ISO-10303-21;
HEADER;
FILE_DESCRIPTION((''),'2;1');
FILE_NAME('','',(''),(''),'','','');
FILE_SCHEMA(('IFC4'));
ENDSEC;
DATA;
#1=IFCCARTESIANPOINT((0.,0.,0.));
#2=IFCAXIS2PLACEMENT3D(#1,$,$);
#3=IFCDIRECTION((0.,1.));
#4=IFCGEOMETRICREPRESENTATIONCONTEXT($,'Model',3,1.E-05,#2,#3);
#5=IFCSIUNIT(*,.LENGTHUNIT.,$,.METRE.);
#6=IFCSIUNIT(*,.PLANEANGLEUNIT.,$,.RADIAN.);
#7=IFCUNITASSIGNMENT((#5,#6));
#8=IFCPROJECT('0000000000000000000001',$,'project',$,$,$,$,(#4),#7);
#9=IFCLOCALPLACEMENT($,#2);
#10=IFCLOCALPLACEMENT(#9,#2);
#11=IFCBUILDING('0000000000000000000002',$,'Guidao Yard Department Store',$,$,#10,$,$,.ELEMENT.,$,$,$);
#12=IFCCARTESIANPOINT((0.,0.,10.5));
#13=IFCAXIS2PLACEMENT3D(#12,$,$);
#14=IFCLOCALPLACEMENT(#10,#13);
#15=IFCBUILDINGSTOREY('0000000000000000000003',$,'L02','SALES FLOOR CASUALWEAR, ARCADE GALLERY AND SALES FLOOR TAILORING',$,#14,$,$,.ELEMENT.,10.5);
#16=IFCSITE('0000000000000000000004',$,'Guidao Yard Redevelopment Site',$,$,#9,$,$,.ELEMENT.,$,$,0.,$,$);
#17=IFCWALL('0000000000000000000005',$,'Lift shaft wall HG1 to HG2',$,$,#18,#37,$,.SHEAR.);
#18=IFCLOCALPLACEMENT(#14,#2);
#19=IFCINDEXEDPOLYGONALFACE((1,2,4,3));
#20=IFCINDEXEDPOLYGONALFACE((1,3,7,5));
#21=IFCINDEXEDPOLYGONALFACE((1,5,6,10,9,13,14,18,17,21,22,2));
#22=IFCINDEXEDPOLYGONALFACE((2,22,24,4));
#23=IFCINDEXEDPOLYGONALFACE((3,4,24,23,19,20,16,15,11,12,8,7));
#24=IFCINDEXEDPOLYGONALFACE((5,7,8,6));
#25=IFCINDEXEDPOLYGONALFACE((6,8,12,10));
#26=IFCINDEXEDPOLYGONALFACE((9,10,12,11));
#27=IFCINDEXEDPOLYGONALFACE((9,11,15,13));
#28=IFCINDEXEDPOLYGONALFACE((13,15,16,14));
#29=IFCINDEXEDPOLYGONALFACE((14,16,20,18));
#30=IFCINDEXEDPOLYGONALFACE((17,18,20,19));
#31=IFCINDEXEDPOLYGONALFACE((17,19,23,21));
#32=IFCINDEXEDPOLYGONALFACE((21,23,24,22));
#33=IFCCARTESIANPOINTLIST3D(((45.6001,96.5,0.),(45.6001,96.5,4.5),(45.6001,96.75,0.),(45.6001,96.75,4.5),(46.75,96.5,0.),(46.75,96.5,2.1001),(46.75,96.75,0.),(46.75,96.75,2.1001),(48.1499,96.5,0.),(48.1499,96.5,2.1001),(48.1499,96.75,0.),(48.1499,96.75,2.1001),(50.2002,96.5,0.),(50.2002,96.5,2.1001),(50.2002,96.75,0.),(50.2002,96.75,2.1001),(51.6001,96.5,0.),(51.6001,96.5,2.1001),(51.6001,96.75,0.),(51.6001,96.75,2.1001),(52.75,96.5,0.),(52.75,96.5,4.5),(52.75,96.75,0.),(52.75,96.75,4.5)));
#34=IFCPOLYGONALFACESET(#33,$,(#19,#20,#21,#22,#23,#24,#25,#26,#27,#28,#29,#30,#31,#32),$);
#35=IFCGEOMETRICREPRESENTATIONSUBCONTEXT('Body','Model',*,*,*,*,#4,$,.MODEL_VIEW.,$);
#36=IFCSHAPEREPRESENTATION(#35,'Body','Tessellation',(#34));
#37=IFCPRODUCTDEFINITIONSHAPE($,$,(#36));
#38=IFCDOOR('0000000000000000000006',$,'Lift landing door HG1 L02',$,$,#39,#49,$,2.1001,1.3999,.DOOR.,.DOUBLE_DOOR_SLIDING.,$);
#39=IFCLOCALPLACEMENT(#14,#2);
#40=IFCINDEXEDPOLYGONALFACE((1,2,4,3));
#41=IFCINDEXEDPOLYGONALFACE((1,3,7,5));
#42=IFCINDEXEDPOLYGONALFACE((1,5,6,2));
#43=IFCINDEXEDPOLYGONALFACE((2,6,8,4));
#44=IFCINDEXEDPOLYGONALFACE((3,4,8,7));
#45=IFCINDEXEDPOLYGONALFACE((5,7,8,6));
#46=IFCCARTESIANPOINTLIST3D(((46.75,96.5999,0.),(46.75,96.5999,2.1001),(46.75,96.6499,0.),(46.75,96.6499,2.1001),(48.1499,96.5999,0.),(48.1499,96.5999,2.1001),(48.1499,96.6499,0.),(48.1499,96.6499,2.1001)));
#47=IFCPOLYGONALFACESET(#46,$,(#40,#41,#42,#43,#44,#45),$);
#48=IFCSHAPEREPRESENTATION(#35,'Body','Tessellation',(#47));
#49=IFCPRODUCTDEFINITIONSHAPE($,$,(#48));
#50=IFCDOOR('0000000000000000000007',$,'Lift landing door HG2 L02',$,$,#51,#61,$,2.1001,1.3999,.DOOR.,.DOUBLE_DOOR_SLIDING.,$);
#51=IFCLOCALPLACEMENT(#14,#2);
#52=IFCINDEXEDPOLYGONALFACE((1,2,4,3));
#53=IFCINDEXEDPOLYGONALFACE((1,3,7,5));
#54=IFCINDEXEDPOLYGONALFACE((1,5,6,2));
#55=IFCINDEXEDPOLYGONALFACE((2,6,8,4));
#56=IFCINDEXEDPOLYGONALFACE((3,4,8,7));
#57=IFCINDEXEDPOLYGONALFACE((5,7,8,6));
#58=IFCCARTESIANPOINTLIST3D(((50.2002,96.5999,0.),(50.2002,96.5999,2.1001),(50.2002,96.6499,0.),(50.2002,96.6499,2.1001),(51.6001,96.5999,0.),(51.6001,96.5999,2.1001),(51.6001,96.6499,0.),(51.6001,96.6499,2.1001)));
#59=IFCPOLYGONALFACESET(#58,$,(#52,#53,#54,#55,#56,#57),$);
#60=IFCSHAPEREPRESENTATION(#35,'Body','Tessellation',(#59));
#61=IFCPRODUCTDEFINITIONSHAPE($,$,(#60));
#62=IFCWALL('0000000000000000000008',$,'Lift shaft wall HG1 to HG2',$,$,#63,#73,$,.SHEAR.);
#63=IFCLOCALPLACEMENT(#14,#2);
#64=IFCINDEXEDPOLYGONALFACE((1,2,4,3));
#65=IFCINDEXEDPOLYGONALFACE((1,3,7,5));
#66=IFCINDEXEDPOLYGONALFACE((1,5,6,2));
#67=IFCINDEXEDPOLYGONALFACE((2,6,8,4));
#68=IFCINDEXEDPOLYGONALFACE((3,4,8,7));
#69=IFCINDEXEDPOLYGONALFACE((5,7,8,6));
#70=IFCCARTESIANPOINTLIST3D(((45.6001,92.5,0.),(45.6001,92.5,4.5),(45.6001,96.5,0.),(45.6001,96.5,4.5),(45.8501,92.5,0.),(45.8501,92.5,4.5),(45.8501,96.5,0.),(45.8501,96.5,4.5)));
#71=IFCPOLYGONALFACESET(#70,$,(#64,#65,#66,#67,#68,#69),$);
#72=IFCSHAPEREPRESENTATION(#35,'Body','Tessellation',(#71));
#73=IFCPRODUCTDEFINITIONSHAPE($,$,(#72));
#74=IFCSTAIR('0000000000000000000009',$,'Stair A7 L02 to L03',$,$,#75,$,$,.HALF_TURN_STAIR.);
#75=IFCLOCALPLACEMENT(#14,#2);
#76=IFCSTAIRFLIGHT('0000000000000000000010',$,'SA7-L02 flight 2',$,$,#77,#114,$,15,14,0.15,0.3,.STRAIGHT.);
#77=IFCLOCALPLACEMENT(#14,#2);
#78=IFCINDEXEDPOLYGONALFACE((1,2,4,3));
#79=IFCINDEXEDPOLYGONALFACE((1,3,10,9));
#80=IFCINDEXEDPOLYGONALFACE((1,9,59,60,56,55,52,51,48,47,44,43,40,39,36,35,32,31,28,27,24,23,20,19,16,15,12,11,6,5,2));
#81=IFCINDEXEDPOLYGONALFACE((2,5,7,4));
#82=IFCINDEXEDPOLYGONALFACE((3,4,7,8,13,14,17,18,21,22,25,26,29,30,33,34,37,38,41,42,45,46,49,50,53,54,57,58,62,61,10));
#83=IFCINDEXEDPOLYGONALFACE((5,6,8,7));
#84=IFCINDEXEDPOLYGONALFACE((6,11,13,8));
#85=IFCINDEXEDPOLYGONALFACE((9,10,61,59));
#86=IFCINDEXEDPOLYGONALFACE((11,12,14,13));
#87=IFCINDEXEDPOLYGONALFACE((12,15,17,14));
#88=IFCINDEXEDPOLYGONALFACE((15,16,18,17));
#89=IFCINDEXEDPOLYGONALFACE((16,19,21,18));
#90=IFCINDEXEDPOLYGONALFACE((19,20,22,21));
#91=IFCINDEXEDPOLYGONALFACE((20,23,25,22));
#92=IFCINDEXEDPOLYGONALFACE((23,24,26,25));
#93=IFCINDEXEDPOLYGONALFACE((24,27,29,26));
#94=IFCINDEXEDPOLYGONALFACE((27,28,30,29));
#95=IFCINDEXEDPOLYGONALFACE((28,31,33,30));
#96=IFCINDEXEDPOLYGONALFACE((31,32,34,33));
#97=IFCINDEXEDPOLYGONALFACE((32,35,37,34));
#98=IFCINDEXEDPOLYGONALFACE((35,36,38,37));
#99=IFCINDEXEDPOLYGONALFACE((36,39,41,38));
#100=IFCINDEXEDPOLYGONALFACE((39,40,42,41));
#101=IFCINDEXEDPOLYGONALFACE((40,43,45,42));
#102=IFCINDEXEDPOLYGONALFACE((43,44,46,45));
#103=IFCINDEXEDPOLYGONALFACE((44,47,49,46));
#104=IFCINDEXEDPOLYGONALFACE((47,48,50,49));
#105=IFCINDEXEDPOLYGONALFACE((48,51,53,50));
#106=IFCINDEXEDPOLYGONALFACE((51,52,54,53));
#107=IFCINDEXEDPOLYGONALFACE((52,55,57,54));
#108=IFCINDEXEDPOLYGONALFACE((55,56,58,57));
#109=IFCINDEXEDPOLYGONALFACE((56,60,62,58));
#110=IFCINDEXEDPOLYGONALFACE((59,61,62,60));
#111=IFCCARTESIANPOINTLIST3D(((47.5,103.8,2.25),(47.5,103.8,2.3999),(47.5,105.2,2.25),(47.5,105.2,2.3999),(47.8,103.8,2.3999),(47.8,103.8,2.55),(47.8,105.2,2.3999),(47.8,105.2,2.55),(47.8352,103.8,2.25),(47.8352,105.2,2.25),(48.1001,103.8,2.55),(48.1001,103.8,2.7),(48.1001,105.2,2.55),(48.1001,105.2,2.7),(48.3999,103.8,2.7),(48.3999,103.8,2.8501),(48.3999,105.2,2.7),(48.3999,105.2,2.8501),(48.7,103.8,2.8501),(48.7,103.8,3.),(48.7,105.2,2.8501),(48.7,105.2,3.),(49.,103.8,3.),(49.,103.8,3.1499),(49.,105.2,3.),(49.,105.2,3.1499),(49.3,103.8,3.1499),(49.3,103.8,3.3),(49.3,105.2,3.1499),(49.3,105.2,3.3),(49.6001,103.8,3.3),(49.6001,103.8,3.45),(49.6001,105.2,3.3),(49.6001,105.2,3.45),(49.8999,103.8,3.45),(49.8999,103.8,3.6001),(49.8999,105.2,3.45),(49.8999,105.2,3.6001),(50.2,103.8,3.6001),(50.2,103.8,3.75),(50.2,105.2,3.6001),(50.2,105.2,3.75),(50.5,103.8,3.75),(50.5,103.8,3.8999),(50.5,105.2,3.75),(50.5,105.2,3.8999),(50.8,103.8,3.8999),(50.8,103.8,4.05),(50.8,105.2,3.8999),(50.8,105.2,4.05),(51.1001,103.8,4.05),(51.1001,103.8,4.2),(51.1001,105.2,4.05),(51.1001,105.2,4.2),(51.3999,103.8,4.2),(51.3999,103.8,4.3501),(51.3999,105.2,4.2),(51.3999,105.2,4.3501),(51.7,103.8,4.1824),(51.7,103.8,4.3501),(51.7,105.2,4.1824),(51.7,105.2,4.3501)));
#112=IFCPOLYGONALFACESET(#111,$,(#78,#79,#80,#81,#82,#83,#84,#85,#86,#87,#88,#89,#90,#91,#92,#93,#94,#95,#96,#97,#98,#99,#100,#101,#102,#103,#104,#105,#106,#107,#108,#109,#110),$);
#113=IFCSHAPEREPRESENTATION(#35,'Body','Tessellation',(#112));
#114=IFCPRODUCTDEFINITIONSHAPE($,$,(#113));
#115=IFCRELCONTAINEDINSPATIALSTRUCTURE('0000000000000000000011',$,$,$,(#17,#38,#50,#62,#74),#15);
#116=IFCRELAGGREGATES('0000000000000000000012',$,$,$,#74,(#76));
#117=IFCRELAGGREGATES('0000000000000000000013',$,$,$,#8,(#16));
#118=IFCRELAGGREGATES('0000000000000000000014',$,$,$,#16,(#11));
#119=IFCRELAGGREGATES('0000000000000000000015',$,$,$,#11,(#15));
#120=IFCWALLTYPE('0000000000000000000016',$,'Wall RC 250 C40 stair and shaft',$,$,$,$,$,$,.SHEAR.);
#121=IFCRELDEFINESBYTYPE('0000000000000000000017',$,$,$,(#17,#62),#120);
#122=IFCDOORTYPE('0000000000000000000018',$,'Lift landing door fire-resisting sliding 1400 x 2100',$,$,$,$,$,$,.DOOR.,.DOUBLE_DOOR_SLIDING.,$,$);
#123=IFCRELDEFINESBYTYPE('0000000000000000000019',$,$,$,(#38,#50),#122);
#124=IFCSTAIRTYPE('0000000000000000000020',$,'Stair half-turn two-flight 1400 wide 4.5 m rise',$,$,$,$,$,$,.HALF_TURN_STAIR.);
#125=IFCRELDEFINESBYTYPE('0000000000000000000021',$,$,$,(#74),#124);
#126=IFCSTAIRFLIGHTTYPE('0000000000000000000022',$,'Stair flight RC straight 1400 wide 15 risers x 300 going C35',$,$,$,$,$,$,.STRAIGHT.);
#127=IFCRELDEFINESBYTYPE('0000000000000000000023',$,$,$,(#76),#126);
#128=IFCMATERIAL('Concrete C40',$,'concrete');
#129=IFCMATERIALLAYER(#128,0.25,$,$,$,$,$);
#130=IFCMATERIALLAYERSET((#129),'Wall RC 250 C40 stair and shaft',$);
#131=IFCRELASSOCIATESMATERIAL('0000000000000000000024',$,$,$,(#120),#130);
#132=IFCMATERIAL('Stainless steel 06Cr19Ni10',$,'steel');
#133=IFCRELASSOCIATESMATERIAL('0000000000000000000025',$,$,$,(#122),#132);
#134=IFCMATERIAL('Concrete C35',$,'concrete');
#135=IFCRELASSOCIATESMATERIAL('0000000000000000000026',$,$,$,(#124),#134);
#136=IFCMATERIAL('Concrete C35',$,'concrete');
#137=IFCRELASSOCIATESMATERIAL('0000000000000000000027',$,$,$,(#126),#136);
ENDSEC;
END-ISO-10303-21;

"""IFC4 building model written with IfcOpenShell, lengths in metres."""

from ifc_helpers import new_model, si_unit, direction, frame, frame_2d, origin, place, context, subcontext, project, spatial, polyline, rectangle, outline, extrude, material, layer, layer_set, type_object, element, fill, aggregate, save


model = new_model("IFC4")

# Units and contexts
model_context = context("Model", 3, precision=1e-05, world=origin(), true_north=direction((0.0, 1.0)))
body_context = subcontext(model_context, "Body", "Model", "MODEL_VIEW")
ifc_project = project(units=[si_unit("LENGTHUNIT", "METRE"), si_unit("PLANEANGLEUNIT", "RADIAN")], contexts=[model_context])

# Site, building, storey
site_placement = place(None, origin())
site = spatial("IfcSite", under=ifc_project, at=site_placement, Name="Guidao Yard Redevelopment Site", CompositionType="ELEMENT", RefElevation=0.0)
building_placement = place(site_placement, origin())
building = spatial("IfcBuilding", under=site, at=building_placement, Name="Guidao Yard Department Store", CompositionType="ELEMENT")
storey_placement = place(building_placement, frame((0.0, 0.0, 10.5)))
storey = spatial("IfcBuildingStorey", under=building, at=storey_placement, Name="L02", Description="SALES FLOOR CASUALWEAR, ARCADE GALLERY AND SALES FLOOR TAILORING", CompositionType="ELEMENT", Elevation=10.5)

# Shared definitions
ifc_material_1 = material(Name="Concrete C40", Category="concrete")
ifc_layer_1 = layer(ifc_material_1, 0.25)
ifc_layer_set_1 = layer_set([ifc_layer_1], Name="Wall RC 250 C40 stair and shaft")
wall_type_1 = type_object("IfcWallType", Name="Wall RC 250 C40 stair and shaft", PredefinedType="SHEAR", material=ifc_layer_set_1)

# Wall, openings, doors
wall_1_placement = place(storey_placement, frame((45.6001, 96.625, 0.0), z_axis=(0.0, 0.0, 1.0), x_axis=(1.0, 0.0, 0.0)))
wall_1 = element("IfcWall", 1, at=wall_1_placement, inside=storey, type_object=wall_type_1, Name="Lift shaft wall HG1 to HG2", PredefinedType="SHEAR", context=body_context, shape_type="SweptSolid", body=[
    extrude(rectangle(XDim=7.1499, YDim=0.25, at=frame_2d((3.575, 0.0))), origin(), (0.0, 0.0, 1.0), 4.5),
])
opening_1_placement = place(wall_1_placement, frame((1.1499, 0.0, 0.0)))
opening_1 = element("IfcOpeningElement", 2, at=opening_1_placement, cuts=wall_1, PredefinedType="OPENING", context=body_context, shape_type="SweptSolid", body=[
    extrude(rectangle(XDim=1.3999, YDim=2.1001, at=frame_2d((0.7, 1.05))), frame((0.0, 0.135, 0.0), z_axis=(0.0, -1.0, 0.0), x_axis=(1.0, 0.0, 0.0)), (0.0, 0.0, 1.0), 0.27),
])
opening_2_placement = place(wall_1_placement, frame((4.6001, 0.0, 0.0)))
opening_2 = element("IfcOpeningElement", 3, at=opening_2_placement, cuts=wall_1, PredefinedType="OPENING", context=body_context, shape_type="SweptSolid", body=[
    extrude(rectangle(XDim=1.3999, YDim=2.1001, at=frame_2d((0.7, 1.05))), frame((0.0, 0.135, 0.0), z_axis=(0.0, -1.0, 0.0), x_axis=(1.0, 0.0, 0.0)), (0.0, 0.0, 1.0), 0.27),
])
ifc_material_2 = material(Name="Stainless steel 06Cr19Ni10", Category="steel")
door_type = type_object("IfcDoorType", Name="Lift landing door fire-resisting sliding 1400 x 2100", OperationType="DOUBLE_DOOR_SLIDING", PredefinedType="DOOR", material=ifc_material_2)
door_1_placement = place(opening_1_placement, origin())
door_1 = element("IfcDoor", 4, at=door_1_placement, inside=storey, type_object=door_type, Name="Lift landing door HG1 L02", OperationType="DOUBLE_DOOR_SLIDING", OverallHeight=2.1001, OverallWidth=1.3999, PredefinedType="DOOR", context=body_context, shape_type="SweptSolid", body=[
    extrude(rectangle(XDim=1.3999, YDim=2.1001, at=frame_2d((0.7, 1.05))), frame((0.0, 0.0249, 0.0), z_axis=(0.0, -1.0, 0.0), x_axis=(1.0, 0.0, 0.0)), (0.0, 0.0, 1.0), 0.05),
])
fill(opening_1, door_1)
door_2_placement = place(opening_2_placement, origin())
door_2 = element("IfcDoor", 5, at=door_2_placement, inside=storey, type_object=door_type, Name="Lift landing door HG2 L02", OperationType="DOUBLE_DOOR_SLIDING", OverallHeight=2.1001, OverallWidth=1.3999, PredefinedType="DOOR", context=body_context, shape_type="SweptSolid", body=[
    extrude(rectangle(XDim=1.3999, YDim=2.1001, at=frame_2d((0.7, 1.05))), frame((0.0, 0.0249, 0.0), z_axis=(0.0, -1.0, 0.0), x_axis=(1.0, 0.0, 0.0)), (0.0, 0.0, 1.0), 0.05),
])
fill(opening_2, door_2)

# Wall
wall_2_placement = place(storey_placement, frame((45.7251, 92.5, 0.0), z_axis=(0.0, 0.0, 1.0), x_axis=(0.0, 1.0, 0.0)))
element("IfcWall", 6, at=wall_2_placement, inside=storey, type_object=wall_type_1, Name="Lift shaft wall HG1 to HG2", PredefinedType="SHEAR", context=body_context, shape_type="SweptSolid", body=[
    extrude(rectangle(XDim=4.0, YDim=0.25, at=frame_2d((2.0, 0.0))), origin(), (0.0, 0.0, 1.0), 4.5),
])

# Stair, stair flight
ifc_material_3 = material(Name="Concrete C35", Category="concrete")
stair_type = type_object("IfcStairType", Name="Stair half-turn two-flight 1400 wide 4.5 m rise", PredefinedType="HALF_TURN_STAIR", material=ifc_material_3)
stair_placement = place(storey_placement, origin())
stair = element("IfcStair", 7, at=stair_placement, inside=storey, type_object=stair_type, Name="Stair A7 L02 to L03", PredefinedType="HALF_TURN_STAIR")
ifc_material_4 = material(Name="Concrete C35", Category="concrete")
stair_flight_type = type_object("IfcStairFlightType", Name="Stair flight RC straight 1400 wide 15 risers x 300 going C35", PredefinedType="STRAIGHT", material=ifc_material_4)
stair_flight_placement = place(storey_placement, frame((47.5, 104.5, 2.25), z_axis=(0.0, 0.0, 1.0), x_axis=(1.0, 0.0, 0.0)))
stair_flight = element("IfcStairFlight", 8, at=stair_flight_placement, type_object=stair_flight_type, Name="SA7-L02 flight 2", NumberOfRisers=15, NumberOfTreads=14, PredefinedType="STRAIGHT", RiserHeight=0.15, TreadLength=0.3, context=body_context, shape_type="SweptSolid", body=[
    extrude(outline(polyline([(0.0, 0.0), (0.0, 0.1499), (0.3, 0.1499), (0.3, 0.3), (0.6001, 0.3), (0.6001, 0.45), (0.8999, 0.45), (0.8999, 0.6001), (1.2, 0.6001), (1.2, 0.75), (1.5, 0.75), (1.5, 0.8999), (1.8, 0.8999), (1.8, 1.05), (2.1001, 1.05), (2.1001, 1.2), (2.3999, 1.2), (2.3999, 1.3501), (2.7, 1.3501), (2.7, 1.5), (3.0, 1.5), (3.0, 1.6499), (3.3, 1.6499), (3.3, 1.8), (3.6001, 1.8), (3.6001, 1.95), (3.8999, 1.95), (3.8999, 2.1001), (4.2, 2.1001), (4.2, 2.25), (4.2, 1.9324), (0.3352, 0.0), (0.0, 0.0)])), frame((0.0, 0.7, 0.0), z_axis=(0.0, -1.0, 0.0), x_axis=(1.0, 0.0, 0.0)), (0.0, 0.0, 1.0), 1.3999),
])
aggregate(stair, [stair_flight])

save(model, "model.ifc")
